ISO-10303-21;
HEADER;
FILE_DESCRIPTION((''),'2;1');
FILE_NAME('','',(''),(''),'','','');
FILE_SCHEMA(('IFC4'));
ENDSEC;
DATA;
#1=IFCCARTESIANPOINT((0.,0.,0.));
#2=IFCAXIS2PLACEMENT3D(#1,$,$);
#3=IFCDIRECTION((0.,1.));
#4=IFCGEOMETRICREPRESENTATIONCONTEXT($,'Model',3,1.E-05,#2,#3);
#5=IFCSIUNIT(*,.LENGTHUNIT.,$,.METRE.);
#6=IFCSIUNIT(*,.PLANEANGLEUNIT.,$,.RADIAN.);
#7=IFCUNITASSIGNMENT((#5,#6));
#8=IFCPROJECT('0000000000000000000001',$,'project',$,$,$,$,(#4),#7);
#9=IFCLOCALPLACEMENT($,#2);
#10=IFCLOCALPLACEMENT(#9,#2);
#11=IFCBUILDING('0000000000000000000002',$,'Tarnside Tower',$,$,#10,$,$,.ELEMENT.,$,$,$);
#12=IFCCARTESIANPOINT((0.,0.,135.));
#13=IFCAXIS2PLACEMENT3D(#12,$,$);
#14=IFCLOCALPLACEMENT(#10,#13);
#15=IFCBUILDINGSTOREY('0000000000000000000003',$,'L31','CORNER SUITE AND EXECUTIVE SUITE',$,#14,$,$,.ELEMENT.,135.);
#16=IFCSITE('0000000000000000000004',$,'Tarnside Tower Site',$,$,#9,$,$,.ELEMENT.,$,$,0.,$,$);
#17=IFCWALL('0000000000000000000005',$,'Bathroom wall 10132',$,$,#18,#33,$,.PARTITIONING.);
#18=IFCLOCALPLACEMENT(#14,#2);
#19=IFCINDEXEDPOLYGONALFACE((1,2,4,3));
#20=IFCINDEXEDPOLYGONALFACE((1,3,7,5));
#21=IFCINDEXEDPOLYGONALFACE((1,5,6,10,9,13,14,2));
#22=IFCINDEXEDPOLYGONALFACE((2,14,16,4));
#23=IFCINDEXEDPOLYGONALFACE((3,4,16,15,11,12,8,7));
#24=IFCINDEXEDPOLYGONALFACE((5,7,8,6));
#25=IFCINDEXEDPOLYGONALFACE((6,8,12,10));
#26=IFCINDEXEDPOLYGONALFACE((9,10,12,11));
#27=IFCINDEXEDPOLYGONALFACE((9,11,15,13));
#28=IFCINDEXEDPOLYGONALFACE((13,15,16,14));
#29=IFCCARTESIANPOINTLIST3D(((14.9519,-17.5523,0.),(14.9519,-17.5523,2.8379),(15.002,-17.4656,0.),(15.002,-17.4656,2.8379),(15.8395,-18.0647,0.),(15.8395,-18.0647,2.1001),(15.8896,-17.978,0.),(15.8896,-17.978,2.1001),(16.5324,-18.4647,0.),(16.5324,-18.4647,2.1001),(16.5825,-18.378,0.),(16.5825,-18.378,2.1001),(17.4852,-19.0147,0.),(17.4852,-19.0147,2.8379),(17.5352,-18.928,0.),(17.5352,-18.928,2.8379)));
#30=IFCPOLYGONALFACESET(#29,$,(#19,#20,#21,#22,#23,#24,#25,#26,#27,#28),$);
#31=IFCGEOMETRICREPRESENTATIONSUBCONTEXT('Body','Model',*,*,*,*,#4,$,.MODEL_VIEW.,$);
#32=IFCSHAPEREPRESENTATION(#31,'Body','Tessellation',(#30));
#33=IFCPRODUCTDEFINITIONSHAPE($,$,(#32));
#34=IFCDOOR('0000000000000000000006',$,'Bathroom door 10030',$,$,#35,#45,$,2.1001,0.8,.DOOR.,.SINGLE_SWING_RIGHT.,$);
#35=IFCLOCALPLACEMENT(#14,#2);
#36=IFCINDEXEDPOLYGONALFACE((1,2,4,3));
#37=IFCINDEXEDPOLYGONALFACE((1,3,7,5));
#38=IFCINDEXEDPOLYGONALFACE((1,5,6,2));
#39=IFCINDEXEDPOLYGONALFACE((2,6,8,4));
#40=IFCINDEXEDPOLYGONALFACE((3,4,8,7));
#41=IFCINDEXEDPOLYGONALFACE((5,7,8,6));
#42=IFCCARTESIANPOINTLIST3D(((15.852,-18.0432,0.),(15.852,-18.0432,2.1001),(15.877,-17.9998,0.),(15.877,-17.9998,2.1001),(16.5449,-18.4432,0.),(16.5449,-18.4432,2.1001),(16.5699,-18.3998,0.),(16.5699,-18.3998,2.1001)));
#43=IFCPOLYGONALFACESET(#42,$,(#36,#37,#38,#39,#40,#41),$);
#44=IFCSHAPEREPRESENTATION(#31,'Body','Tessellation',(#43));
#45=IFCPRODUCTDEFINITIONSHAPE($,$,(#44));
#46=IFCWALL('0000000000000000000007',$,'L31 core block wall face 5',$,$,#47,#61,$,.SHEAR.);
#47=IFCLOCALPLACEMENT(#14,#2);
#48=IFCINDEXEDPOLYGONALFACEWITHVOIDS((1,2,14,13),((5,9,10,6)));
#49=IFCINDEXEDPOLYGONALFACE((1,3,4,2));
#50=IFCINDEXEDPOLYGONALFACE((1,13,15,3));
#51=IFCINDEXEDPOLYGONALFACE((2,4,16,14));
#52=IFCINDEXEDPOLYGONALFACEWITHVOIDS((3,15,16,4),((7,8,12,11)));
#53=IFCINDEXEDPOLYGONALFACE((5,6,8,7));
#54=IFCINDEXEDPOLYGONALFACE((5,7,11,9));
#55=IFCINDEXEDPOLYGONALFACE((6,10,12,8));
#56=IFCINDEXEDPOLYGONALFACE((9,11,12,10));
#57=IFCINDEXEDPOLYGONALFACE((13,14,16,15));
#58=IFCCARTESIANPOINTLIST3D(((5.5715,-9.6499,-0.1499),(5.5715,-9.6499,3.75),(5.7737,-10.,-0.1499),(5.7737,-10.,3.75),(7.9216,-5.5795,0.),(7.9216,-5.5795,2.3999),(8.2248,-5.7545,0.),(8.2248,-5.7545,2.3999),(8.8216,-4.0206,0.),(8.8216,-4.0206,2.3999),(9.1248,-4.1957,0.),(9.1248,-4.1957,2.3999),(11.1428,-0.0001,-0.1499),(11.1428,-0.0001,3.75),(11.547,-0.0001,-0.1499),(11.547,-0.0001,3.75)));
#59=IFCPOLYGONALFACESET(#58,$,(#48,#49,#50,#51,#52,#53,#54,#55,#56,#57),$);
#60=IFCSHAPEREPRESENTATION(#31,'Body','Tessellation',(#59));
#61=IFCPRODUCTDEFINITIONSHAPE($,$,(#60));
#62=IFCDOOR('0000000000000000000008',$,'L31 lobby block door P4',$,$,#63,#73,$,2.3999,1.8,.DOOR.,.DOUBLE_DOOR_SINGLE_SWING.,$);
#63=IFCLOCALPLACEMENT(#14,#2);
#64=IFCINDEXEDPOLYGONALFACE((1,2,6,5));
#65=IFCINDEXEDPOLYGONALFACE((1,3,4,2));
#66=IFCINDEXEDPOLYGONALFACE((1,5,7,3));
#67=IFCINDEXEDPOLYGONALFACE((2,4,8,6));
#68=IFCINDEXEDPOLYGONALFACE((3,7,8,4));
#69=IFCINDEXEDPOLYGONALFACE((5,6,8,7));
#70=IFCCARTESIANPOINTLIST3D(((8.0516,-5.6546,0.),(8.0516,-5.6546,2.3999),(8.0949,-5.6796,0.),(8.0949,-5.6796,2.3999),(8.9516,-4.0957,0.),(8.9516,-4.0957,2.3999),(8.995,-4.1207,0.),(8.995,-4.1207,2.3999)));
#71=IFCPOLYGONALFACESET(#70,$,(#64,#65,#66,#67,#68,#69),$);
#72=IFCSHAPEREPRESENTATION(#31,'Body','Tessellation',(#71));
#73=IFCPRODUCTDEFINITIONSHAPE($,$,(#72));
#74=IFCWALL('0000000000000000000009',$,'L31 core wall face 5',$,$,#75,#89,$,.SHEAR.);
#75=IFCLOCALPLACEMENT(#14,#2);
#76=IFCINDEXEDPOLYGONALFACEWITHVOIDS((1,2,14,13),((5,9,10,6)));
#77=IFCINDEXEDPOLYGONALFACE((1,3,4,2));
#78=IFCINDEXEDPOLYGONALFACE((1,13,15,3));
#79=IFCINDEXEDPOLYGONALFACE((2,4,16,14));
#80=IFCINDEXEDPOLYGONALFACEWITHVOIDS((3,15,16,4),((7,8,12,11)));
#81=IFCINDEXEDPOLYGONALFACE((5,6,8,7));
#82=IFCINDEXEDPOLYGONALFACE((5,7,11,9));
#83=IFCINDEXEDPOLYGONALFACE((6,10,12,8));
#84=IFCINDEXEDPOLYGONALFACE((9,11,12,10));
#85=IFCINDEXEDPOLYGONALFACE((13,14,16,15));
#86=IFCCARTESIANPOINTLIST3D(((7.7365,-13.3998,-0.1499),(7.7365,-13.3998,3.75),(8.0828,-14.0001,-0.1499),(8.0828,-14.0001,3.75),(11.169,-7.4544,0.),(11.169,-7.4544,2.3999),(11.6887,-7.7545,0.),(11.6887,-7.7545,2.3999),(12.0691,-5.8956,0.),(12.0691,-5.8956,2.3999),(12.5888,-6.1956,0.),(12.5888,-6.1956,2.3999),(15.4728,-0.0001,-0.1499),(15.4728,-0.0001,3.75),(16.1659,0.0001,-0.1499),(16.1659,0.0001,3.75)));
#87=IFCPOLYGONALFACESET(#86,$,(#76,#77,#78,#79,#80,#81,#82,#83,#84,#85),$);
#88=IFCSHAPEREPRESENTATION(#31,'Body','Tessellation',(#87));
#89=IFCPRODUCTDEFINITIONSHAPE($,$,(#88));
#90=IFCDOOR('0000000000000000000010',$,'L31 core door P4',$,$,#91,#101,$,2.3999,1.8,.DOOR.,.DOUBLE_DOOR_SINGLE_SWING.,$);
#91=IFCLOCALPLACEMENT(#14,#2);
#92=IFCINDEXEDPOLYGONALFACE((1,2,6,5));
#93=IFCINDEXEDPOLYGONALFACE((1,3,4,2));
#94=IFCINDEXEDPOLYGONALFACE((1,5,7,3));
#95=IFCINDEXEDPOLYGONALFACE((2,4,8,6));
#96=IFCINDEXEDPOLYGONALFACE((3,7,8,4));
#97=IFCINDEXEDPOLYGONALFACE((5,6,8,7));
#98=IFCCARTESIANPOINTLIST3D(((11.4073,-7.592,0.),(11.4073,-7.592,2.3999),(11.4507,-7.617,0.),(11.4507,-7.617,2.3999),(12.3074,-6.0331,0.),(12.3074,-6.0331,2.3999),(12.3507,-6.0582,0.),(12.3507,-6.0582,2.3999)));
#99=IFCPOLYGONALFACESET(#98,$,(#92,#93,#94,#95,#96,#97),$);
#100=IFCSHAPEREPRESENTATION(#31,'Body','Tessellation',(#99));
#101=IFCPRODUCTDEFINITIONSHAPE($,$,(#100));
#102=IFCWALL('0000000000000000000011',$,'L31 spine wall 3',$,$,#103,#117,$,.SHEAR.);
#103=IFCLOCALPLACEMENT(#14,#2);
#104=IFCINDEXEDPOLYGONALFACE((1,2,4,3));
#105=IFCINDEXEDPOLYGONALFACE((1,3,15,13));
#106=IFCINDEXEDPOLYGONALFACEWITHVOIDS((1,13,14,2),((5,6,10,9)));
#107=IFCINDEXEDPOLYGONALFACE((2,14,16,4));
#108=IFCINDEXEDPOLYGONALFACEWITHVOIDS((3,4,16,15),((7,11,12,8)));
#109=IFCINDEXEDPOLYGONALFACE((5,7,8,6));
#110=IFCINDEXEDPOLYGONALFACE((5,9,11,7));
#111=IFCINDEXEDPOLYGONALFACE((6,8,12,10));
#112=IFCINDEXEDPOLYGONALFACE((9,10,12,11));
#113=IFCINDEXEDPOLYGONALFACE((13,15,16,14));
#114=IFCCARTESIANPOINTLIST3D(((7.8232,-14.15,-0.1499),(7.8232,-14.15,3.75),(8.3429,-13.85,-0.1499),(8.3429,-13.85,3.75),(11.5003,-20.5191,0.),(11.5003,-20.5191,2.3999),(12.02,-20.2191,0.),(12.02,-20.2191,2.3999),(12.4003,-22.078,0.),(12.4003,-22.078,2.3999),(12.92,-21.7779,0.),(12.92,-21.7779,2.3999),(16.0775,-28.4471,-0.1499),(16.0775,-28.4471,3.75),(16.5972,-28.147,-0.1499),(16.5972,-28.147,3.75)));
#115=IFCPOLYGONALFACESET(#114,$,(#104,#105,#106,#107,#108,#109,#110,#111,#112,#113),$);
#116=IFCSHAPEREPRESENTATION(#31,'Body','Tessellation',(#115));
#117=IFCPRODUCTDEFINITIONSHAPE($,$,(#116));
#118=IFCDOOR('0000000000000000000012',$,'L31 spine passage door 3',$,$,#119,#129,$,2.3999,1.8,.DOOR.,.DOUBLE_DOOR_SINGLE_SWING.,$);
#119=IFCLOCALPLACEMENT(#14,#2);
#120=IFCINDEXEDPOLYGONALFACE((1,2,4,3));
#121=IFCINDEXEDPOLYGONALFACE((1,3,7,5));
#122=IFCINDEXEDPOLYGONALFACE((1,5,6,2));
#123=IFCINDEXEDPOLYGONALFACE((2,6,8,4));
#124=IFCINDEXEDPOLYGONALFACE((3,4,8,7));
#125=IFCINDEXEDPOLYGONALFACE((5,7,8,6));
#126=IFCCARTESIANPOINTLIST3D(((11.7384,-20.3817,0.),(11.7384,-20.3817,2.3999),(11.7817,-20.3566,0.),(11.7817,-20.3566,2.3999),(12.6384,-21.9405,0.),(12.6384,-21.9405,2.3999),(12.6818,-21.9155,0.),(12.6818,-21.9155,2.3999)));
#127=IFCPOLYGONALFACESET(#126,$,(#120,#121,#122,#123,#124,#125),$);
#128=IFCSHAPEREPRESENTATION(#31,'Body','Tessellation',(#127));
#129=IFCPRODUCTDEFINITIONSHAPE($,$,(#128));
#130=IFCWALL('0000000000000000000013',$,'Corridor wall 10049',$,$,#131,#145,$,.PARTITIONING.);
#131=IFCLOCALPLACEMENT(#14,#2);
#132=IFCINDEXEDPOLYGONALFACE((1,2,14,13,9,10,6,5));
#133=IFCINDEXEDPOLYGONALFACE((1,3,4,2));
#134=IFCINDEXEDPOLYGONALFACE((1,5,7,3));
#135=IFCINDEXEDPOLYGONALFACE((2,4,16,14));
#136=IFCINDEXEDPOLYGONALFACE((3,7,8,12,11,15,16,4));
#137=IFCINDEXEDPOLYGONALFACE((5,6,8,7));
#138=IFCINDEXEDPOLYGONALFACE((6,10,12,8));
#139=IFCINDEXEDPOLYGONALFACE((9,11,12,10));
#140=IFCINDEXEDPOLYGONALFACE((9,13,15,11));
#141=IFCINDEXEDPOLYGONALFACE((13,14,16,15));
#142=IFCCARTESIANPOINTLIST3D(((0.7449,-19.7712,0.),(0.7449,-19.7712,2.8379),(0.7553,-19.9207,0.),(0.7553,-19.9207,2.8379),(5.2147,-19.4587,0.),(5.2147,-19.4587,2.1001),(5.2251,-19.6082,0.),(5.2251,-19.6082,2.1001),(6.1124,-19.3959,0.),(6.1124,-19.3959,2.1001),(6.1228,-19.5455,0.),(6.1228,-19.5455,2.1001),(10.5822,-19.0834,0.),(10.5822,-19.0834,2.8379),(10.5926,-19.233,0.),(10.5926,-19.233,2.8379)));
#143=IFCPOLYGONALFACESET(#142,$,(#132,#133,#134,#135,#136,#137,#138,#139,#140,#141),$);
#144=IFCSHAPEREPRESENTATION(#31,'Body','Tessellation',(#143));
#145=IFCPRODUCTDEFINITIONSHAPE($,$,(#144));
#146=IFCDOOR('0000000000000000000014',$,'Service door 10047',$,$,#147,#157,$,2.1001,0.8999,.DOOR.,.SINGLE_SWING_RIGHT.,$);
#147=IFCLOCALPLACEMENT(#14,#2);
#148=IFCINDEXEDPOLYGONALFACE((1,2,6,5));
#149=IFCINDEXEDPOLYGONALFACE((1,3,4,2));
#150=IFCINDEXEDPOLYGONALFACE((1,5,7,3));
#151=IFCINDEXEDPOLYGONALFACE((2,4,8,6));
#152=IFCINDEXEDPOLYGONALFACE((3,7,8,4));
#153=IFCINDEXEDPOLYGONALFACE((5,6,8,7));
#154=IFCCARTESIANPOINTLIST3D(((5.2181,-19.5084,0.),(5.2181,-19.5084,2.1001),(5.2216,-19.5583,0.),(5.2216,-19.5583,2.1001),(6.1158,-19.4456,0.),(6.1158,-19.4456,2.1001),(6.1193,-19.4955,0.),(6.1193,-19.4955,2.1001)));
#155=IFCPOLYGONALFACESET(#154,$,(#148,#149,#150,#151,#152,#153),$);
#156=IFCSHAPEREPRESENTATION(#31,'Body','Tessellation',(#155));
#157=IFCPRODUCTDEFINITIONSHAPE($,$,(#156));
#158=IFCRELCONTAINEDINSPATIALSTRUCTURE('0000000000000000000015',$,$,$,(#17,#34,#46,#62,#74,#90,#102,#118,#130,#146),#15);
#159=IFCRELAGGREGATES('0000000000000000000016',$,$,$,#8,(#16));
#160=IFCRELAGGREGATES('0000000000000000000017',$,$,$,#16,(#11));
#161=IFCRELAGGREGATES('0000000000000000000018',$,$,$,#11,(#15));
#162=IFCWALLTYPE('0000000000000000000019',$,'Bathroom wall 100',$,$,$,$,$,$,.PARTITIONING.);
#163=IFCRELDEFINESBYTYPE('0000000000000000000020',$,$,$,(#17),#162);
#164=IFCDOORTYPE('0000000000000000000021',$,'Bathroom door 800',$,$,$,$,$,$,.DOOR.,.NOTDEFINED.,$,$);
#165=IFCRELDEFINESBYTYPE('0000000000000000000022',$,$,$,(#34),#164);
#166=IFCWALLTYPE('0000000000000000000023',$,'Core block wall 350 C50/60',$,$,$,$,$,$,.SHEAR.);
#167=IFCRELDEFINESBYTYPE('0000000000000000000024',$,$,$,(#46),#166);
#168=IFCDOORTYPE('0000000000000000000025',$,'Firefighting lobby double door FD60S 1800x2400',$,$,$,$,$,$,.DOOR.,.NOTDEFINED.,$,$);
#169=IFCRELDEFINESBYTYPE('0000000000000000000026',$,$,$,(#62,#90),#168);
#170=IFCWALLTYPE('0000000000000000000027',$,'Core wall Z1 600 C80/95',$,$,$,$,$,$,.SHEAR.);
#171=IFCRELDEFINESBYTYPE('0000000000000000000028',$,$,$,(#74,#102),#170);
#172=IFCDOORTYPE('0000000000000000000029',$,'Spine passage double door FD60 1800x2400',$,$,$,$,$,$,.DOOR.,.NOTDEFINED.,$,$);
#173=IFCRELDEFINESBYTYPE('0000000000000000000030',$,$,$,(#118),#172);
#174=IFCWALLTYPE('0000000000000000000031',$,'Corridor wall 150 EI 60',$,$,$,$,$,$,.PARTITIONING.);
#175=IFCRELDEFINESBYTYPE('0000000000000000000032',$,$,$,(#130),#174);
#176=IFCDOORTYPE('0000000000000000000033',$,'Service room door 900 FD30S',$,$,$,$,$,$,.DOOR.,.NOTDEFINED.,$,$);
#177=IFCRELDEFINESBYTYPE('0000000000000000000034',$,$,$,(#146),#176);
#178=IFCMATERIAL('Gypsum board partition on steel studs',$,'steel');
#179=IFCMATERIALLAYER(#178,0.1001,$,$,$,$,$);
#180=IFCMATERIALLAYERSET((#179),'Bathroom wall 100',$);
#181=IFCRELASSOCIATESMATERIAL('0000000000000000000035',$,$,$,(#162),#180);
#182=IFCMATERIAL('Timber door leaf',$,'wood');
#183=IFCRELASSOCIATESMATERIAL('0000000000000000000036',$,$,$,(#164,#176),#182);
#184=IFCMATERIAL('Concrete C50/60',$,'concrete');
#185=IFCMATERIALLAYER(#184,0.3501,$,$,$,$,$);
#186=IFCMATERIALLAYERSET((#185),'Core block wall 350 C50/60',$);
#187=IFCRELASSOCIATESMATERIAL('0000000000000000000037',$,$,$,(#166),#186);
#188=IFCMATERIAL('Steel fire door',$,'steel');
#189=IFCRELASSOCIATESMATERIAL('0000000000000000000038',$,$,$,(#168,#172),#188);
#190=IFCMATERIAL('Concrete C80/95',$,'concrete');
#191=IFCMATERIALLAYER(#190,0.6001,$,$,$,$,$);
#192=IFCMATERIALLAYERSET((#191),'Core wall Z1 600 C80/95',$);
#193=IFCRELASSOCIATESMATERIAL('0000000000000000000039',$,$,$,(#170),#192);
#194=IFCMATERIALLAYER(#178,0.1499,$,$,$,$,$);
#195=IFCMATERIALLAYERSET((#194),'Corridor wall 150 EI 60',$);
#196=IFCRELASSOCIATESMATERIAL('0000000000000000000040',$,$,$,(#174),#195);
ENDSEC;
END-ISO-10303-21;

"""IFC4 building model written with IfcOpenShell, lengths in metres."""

from ifc_helpers import new_model, si_unit, direction, frame, frame_2d, origin, place, context, subcontext, project, spatial, polyline, rectangle, outline, extrude, material, layer, layer_set, type_object, element, fill, save


model = new_model("IFC4")

# Units and contexts
model_context = context("Model", 3, precision=1e-05, world=origin(), true_north=direction((0.0, 1.0)))
body_context = subcontext(model_context, "Body", "Model", "MODEL_VIEW")
ifc_project = project(units=[si_unit("LENGTHUNIT", "METRE"), si_unit("PLANEANGLEUNIT", "RADIAN")], contexts=[model_context])

# Site, building, storey
site_placement = place(None, origin())
site = spatial("IfcSite", under=ifc_project, at=site_placement, Name="Tarnside Tower Site", CompositionType="ELEMENT", RefElevation=0.0)
building_placement = place(site_placement, origin())
building = spatial("IfcBuilding", under=site, at=building_placement, Name="Tarnside Tower", CompositionType="ELEMENT")
storey_placement = place(building_placement, frame((0.0, 0.0, 135.0)))
storey = spatial("IfcBuildingStorey", under=building, at=storey_placement, Name="L31", Description="CORNER SUITE AND EXECUTIVE SUITE", CompositionType="ELEMENT", Elevation=135.0)

# Walls, openings, doors
ifc_material_1 = material(Name="Gypsum board partition on steel studs", Category="steel")
ifc_layer_1 = layer(ifc_material_1, 0.1001)
ifc_layer_set_1 = layer_set([ifc_layer_1], Name="Bathroom wall 100")
wall_type_1 = type_object("IfcWallType", Name="Bathroom wall 100", PredefinedType="PARTITIONING", material=ifc_layer_set_1)
wall_1_placement = place(storey_placement, frame((14.9771, -17.509, 0.0), z_axis=(0.0, 0.0, 1.0), x_axis=(0.866047, -0.499963, 0.0)))
wall_1 = element("IfcWall", 1, at=wall_1_placement, inside=storey, type_object=wall_type_1, Name="Bathroom wall 10132", PredefinedType="PARTITIONING", context=body_context, shape_type="SweptSolid", body=[
    extrude(rectangle(XDim=2.925, YDim=0.1001, at=frame_2d((1.4624, 0.0))), origin(), (0.0, 0.0, 1.0), 2.8379),
])
opening_1_placement = place(wall_1_placement, frame((1.0249, 0.0, 0.0)))
opening_1 = element("IfcOpeningElement", 2, at=opening_1_placement, cuts=wall_1, PredefinedType="OPENING", context=body_context, shape_type="SweptSolid", body=[
    extrude(rectangle(XDim=0.8, YDim=2.1001, at=frame_2d((0.3999, 1.05))), frame((0.0, 0.0601, 0.0), z_axis=(0.0, -1.0, 0.0), x_axis=(1.0, 0.0, 0.0)), (0.0, 0.0, 1.0), 0.1201),
])
ifc_material_2 = material(Name="Timber door leaf", Category="wood")
door_type_1 = type_object("IfcDoorType", Name="Bathroom door 800", OperationType="NOTDEFINED", PredefinedType="DOOR", material=ifc_material_2)
door_1_placement = place(opening_1_placement, origin())
door_1 = element("IfcDoor", 3, at=door_1_placement, inside=storey, type_object=door_type_1, Name="Bathroom door 10030", OperationType="SINGLE_SWING_RIGHT", OverallHeight=2.1001, OverallWidth=0.8, PredefinedType="DOOR", context=body_context, shape_type="SweptSolid", body=[
    extrude(rectangle(XDim=0.8, YDim=2.1001, at=frame_2d((0.3999, 1.05))), frame((0.0, 0.0249, 0.0), z_axis=(0.0, -1.0, 0.0), x_axis=(1.0, 0.0, 0.0)), (0.0, 0.0, 1.0), 0.05),
])
fill(opening_1, door_1)
ifc_material_3 = material(Name="Concrete C50/60", Category="concrete")
ifc_layer_2 = layer(ifc_material_3, 0.3501)
ifc_layer_set_2 = layer_set([ifc_layer_2], Name="Core block wall 350 C50/60")
wall_type_2 = type_object("IfcWallType", Name="Core block wall 350 C50/60", PredefinedType="SHEAR", material=ifc_layer_set_2)
wall_2_placement = place(storey_placement, frame((5.6726, -9.825, -0.1499), z_axis=(0.0, 0.0, 1.0), x_axis=(0.499995, 0.866028, 0.0)))
wall_2 = element("IfcWall", 4, at=wall_2_placement, inside=storey, type_object=wall_type_2, Name="L31 core block wall face 5", PredefinedType="SHEAR", context=body_context, shape_type="SweptSolid", body=[
    extrude(outline(polyline([(-0.1011, -0.175), (11.4458, -0.175), (11.2437, 0.175), (0.1011, 0.175), (-0.1011, -0.175)])), origin(), (0.0, 0.0, 1.0), 3.8999),
])
opening_2_placement = place(wall_2_placement, frame((4.8013, 0.0, 0.1499)))
opening_2 = element("IfcOpeningElement", 5, at=opening_2_placement, cuts=wall_2, PredefinedType="OPENING", context=body_context, shape_type="SweptSolid", body=[
    extrude(rectangle(XDim=1.8, YDim=2.3999, at=frame_2d((0.8999, 1.2))), frame((0.0, 0.1851, 0.0), z_axis=(0.0, -1.0, 0.0), x_axis=(1.0, 0.0, 0.0)), (0.0, 0.0, 1.0), 0.3701),
])
ifc_material_4 = material(Name="Steel fire door", Category="steel")
door_type_2 = type_object("IfcDoorType", Name="Firefighting lobby double door FD60S 1800x2400", OperationType="NOTDEFINED", PredefinedType="DOOR", material=ifc_material_4)
door_2_placement = place(opening_2_placement, origin())
door_2 = element("IfcDoor", 6, at=door_2_placement, inside=storey, type_object=door_type_2, Name="L31 lobby block door P4", OperationType="DOUBLE_DOOR_SINGLE_SWING", OverallHeight=2.3999, OverallWidth=1.8, PredefinedType="DOOR", context=body_context, shape_type="SweptSolid", body=[
    extrude(rectangle(XDim=1.8, YDim=2.3999, at=frame_2d((0.8999, 1.2))), frame((0.0, 0.0249, 0.0), z_axis=(0.0, -1.0, 0.0), x_axis=(1.0, 0.0, 0.0)), (0.0, 0.0, 1.0), 0.05),
])
fill(opening_2, door_2)
ifc_material_5 = material(Name="Concrete C80/95", Category="concrete")
ifc_layer_3 = layer(ifc_material_5, 0.6001)
ifc_layer_set_3 = layer_set([ifc_layer_3], Name="Core wall Z1 600 C80/95")
wall_type_3 = type_object("IfcWallType", Name="Core wall Z1 600 C80/95", PredefinedType="SHEAR", material=ifc_layer_set_3)
wall_3_placement = place(storey_placement, frame((7.9097, -13.7, -0.1499), z_axis=(0.0, 0.0, 1.0), x_axis=(0.5, 0.866025, 0.0)))
wall_3 = element("IfcWall", 7, at=wall_3_placement, inside=storey, type_object=wall_type_3, Name="L31 core wall face 5", PredefinedType="SHEAR", context=body_context, shape_type="SweptSolid", body=[
    extrude(outline(polyline([(-0.1733, -0.3), (15.9927, -0.3), (15.646, 0.3), (0.1733, 0.3), (-0.1733, -0.3)])), origin(), (0.0, 0.0, 1.0), 3.8999),
])
opening_3_placement = place(wall_3_placement, frame((7.0386, 0.0, 0.1499)))
opening_3 = element("IfcOpeningElement", 8, at=opening_3_placement, cuts=wall_3, PredefinedType="OPENING", context=body_context, shape_type="SweptSolid", body=[
    extrude(rectangle(XDim=1.8, YDim=2.3999, at=frame_2d((0.8999, 1.2))), frame((0.0, 0.3101, 0.0), z_axis=(0.0, -1.0, 0.0), x_axis=(1.0, 0.0, 0.0)), (0.0, 0.0, 1.0), 0.6201),
])
door_3_placement = place(opening_3_placement, origin())
door_3 = element("IfcDoor", 9, at=door_3_placement, inside=storey, type_object=door_type_2, Name="L31 core door P4", OperationType="DOUBLE_DOOR_SINGLE_SWING", OverallHeight=2.3999, OverallWidth=1.8, PredefinedType="DOOR", context=body_context, shape_type="SweptSolid", body=[
    extrude(rectangle(XDim=1.8, YDim=2.3999, at=frame_2d((0.8999, 1.2))), frame((0.0, 0.0249, 0.0), z_axis=(0.0, -1.0, 0.0), x_axis=(1.0, 0.0, 0.0)), (0.0, 0.0, 1.0), 0.05),
])
fill(opening_3, door_3)
wall_4_placement = place(storey_placement, frame((8.083, -14.0, -0.1499), z_axis=(0.0, 0.0, 1.0), x_axis=(0.499998, -0.866027, 0.0)))
wall_4 = element("IfcWall", 10, at=wall_4_placement, inside=storey, type_object=wall_type_3, Name="L31 spine wall 3", PredefinedType="SHEAR", context=body_context, shape_type="SweptSolid", body=[
    extrude(rectangle(XDim=16.5088, YDim=0.6001, at=frame_2d((8.2544, 0.0))), origin(), (0.0, 0.0, 1.0), 3.8999),
])
opening_4_placement = place(wall_4_placement, frame((7.3545, 0.0, 0.1499)))
opening_4 = element("IfcOpeningElement", 11, at=opening_4_placement, cuts=wall_4, PredefinedType="OPENING", context=body_context, shape_type="SweptSolid", body=[
    extrude(rectangle(XDim=1.8, YDim=2.3999, at=frame_2d((0.8999, 1.2))), frame((0.0, 0.3101, 0.0), z_axis=(0.0, -1.0, 0.0), x_axis=(1.0, 0.0, 0.0)), (0.0, 0.0, 1.0), 0.6201),
])
door_type_3 = type_object("IfcDoorType", Name="Spine passage double door FD60 1800x2400", OperationType="NOTDEFINED", PredefinedType="DOOR", material=ifc_material_4)
door_4_placement = place(opening_4_placement, origin())
door_4 = element("IfcDoor", 12, at=door_4_placement, inside=storey, type_object=door_type_3, Name="L31 spine passage door 3", OperationType="DOUBLE_DOOR_SINGLE_SWING", OverallHeight=2.3999, OverallWidth=1.8, PredefinedType="DOOR", context=body_context, shape_type="SweptSolid", body=[
    extrude(rectangle(XDim=1.8, YDim=2.3999, at=frame_2d((0.8999, 1.2))), frame((0.0, 0.0249, 0.0), z_axis=(0.0, -1.0, 0.0), x_axis=(1.0, 0.0, 0.0)), (0.0, 0.0, 1.0), 0.05),
])
fill(opening_4, door_4)
ifc_layer_4 = layer(ifc_material_1, 0.1499)
ifc_layer_set_4 = layer_set([ifc_layer_4], Name="Corridor wall 150 EI 60")
wall_type_4 = type_object("IfcWallType", Name="Corridor wall 150 EI 60", PredefinedType="PARTITIONING", material=ifc_layer_set_4)
wall_5_placement = place(storey_placement, frame((10.5874, -19.1582, 0.0), z_axis=(0.0, 0.0, 1.0), x_axis=(-0.997565, -0.069741, 0.0)))
wall_5 = element("IfcWall", 13, at=wall_5_placement, inside=storey, type_object=wall_type_4, Name="Corridor wall 10049", PredefinedType="PARTITIONING", context=body_context, shape_type="SweptSolid", body=[
    extrude(rectangle(XDim=9.8613, YDim=0.1499, at=frame_2d((4.9307, 0.0))), origin(), (0.0, 0.0, 1.0), 2.8379),
])
opening_5_placement = place(wall_5_placement, frame((4.4807, 0.0, 0.0)))
opening_5 = element("IfcOpeningElement", 14, at=opening_5_placement, cuts=wall_5, PredefinedType="OPENING", context=body_context, shape_type="SweptSolid", body=[
    extrude(rectangle(XDim=0.8999, YDim=2.1001, at=frame_2d((0.45, 1.05))), frame((0.0, 0.085, 0.0), z_axis=(0.0, -1.0, 0.0), x_axis=(1.0, 0.0, 0.0)), (0.0, 0.0, 1.0), 0.1699),
])
door_type_4 = type_object("IfcDoorType", Name="Service room door 900 FD30S", OperationType="NOTDEFINED", PredefinedType="DOOR", material=ifc_material_2)
door_5_placement = place(opening_5_placement, origin())
door_5 = element("IfcDoor", 15, at=door_5_placement, inside=storey, type_object=door_type_4, Name="Service door 10047", OperationType="SINGLE_SWING_RIGHT", OverallHeight=2.1001, OverallWidth=0.8999, PredefinedType="DOOR", context=body_context, shape_type="SweptSolid", body=[
    extrude(rectangle(XDim=0.8999, YDim=2.1001, at=frame_2d((0.45, 1.05))), frame((0.0, 0.0249, 0.0), z_axis=(0.0, -1.0, 0.0), x_axis=(1.0, 0.0, 0.0)), (0.0, 0.0, 1.0), 0.05),
])
fill(opening_5, door_5)

save(model, "model.ifc")
